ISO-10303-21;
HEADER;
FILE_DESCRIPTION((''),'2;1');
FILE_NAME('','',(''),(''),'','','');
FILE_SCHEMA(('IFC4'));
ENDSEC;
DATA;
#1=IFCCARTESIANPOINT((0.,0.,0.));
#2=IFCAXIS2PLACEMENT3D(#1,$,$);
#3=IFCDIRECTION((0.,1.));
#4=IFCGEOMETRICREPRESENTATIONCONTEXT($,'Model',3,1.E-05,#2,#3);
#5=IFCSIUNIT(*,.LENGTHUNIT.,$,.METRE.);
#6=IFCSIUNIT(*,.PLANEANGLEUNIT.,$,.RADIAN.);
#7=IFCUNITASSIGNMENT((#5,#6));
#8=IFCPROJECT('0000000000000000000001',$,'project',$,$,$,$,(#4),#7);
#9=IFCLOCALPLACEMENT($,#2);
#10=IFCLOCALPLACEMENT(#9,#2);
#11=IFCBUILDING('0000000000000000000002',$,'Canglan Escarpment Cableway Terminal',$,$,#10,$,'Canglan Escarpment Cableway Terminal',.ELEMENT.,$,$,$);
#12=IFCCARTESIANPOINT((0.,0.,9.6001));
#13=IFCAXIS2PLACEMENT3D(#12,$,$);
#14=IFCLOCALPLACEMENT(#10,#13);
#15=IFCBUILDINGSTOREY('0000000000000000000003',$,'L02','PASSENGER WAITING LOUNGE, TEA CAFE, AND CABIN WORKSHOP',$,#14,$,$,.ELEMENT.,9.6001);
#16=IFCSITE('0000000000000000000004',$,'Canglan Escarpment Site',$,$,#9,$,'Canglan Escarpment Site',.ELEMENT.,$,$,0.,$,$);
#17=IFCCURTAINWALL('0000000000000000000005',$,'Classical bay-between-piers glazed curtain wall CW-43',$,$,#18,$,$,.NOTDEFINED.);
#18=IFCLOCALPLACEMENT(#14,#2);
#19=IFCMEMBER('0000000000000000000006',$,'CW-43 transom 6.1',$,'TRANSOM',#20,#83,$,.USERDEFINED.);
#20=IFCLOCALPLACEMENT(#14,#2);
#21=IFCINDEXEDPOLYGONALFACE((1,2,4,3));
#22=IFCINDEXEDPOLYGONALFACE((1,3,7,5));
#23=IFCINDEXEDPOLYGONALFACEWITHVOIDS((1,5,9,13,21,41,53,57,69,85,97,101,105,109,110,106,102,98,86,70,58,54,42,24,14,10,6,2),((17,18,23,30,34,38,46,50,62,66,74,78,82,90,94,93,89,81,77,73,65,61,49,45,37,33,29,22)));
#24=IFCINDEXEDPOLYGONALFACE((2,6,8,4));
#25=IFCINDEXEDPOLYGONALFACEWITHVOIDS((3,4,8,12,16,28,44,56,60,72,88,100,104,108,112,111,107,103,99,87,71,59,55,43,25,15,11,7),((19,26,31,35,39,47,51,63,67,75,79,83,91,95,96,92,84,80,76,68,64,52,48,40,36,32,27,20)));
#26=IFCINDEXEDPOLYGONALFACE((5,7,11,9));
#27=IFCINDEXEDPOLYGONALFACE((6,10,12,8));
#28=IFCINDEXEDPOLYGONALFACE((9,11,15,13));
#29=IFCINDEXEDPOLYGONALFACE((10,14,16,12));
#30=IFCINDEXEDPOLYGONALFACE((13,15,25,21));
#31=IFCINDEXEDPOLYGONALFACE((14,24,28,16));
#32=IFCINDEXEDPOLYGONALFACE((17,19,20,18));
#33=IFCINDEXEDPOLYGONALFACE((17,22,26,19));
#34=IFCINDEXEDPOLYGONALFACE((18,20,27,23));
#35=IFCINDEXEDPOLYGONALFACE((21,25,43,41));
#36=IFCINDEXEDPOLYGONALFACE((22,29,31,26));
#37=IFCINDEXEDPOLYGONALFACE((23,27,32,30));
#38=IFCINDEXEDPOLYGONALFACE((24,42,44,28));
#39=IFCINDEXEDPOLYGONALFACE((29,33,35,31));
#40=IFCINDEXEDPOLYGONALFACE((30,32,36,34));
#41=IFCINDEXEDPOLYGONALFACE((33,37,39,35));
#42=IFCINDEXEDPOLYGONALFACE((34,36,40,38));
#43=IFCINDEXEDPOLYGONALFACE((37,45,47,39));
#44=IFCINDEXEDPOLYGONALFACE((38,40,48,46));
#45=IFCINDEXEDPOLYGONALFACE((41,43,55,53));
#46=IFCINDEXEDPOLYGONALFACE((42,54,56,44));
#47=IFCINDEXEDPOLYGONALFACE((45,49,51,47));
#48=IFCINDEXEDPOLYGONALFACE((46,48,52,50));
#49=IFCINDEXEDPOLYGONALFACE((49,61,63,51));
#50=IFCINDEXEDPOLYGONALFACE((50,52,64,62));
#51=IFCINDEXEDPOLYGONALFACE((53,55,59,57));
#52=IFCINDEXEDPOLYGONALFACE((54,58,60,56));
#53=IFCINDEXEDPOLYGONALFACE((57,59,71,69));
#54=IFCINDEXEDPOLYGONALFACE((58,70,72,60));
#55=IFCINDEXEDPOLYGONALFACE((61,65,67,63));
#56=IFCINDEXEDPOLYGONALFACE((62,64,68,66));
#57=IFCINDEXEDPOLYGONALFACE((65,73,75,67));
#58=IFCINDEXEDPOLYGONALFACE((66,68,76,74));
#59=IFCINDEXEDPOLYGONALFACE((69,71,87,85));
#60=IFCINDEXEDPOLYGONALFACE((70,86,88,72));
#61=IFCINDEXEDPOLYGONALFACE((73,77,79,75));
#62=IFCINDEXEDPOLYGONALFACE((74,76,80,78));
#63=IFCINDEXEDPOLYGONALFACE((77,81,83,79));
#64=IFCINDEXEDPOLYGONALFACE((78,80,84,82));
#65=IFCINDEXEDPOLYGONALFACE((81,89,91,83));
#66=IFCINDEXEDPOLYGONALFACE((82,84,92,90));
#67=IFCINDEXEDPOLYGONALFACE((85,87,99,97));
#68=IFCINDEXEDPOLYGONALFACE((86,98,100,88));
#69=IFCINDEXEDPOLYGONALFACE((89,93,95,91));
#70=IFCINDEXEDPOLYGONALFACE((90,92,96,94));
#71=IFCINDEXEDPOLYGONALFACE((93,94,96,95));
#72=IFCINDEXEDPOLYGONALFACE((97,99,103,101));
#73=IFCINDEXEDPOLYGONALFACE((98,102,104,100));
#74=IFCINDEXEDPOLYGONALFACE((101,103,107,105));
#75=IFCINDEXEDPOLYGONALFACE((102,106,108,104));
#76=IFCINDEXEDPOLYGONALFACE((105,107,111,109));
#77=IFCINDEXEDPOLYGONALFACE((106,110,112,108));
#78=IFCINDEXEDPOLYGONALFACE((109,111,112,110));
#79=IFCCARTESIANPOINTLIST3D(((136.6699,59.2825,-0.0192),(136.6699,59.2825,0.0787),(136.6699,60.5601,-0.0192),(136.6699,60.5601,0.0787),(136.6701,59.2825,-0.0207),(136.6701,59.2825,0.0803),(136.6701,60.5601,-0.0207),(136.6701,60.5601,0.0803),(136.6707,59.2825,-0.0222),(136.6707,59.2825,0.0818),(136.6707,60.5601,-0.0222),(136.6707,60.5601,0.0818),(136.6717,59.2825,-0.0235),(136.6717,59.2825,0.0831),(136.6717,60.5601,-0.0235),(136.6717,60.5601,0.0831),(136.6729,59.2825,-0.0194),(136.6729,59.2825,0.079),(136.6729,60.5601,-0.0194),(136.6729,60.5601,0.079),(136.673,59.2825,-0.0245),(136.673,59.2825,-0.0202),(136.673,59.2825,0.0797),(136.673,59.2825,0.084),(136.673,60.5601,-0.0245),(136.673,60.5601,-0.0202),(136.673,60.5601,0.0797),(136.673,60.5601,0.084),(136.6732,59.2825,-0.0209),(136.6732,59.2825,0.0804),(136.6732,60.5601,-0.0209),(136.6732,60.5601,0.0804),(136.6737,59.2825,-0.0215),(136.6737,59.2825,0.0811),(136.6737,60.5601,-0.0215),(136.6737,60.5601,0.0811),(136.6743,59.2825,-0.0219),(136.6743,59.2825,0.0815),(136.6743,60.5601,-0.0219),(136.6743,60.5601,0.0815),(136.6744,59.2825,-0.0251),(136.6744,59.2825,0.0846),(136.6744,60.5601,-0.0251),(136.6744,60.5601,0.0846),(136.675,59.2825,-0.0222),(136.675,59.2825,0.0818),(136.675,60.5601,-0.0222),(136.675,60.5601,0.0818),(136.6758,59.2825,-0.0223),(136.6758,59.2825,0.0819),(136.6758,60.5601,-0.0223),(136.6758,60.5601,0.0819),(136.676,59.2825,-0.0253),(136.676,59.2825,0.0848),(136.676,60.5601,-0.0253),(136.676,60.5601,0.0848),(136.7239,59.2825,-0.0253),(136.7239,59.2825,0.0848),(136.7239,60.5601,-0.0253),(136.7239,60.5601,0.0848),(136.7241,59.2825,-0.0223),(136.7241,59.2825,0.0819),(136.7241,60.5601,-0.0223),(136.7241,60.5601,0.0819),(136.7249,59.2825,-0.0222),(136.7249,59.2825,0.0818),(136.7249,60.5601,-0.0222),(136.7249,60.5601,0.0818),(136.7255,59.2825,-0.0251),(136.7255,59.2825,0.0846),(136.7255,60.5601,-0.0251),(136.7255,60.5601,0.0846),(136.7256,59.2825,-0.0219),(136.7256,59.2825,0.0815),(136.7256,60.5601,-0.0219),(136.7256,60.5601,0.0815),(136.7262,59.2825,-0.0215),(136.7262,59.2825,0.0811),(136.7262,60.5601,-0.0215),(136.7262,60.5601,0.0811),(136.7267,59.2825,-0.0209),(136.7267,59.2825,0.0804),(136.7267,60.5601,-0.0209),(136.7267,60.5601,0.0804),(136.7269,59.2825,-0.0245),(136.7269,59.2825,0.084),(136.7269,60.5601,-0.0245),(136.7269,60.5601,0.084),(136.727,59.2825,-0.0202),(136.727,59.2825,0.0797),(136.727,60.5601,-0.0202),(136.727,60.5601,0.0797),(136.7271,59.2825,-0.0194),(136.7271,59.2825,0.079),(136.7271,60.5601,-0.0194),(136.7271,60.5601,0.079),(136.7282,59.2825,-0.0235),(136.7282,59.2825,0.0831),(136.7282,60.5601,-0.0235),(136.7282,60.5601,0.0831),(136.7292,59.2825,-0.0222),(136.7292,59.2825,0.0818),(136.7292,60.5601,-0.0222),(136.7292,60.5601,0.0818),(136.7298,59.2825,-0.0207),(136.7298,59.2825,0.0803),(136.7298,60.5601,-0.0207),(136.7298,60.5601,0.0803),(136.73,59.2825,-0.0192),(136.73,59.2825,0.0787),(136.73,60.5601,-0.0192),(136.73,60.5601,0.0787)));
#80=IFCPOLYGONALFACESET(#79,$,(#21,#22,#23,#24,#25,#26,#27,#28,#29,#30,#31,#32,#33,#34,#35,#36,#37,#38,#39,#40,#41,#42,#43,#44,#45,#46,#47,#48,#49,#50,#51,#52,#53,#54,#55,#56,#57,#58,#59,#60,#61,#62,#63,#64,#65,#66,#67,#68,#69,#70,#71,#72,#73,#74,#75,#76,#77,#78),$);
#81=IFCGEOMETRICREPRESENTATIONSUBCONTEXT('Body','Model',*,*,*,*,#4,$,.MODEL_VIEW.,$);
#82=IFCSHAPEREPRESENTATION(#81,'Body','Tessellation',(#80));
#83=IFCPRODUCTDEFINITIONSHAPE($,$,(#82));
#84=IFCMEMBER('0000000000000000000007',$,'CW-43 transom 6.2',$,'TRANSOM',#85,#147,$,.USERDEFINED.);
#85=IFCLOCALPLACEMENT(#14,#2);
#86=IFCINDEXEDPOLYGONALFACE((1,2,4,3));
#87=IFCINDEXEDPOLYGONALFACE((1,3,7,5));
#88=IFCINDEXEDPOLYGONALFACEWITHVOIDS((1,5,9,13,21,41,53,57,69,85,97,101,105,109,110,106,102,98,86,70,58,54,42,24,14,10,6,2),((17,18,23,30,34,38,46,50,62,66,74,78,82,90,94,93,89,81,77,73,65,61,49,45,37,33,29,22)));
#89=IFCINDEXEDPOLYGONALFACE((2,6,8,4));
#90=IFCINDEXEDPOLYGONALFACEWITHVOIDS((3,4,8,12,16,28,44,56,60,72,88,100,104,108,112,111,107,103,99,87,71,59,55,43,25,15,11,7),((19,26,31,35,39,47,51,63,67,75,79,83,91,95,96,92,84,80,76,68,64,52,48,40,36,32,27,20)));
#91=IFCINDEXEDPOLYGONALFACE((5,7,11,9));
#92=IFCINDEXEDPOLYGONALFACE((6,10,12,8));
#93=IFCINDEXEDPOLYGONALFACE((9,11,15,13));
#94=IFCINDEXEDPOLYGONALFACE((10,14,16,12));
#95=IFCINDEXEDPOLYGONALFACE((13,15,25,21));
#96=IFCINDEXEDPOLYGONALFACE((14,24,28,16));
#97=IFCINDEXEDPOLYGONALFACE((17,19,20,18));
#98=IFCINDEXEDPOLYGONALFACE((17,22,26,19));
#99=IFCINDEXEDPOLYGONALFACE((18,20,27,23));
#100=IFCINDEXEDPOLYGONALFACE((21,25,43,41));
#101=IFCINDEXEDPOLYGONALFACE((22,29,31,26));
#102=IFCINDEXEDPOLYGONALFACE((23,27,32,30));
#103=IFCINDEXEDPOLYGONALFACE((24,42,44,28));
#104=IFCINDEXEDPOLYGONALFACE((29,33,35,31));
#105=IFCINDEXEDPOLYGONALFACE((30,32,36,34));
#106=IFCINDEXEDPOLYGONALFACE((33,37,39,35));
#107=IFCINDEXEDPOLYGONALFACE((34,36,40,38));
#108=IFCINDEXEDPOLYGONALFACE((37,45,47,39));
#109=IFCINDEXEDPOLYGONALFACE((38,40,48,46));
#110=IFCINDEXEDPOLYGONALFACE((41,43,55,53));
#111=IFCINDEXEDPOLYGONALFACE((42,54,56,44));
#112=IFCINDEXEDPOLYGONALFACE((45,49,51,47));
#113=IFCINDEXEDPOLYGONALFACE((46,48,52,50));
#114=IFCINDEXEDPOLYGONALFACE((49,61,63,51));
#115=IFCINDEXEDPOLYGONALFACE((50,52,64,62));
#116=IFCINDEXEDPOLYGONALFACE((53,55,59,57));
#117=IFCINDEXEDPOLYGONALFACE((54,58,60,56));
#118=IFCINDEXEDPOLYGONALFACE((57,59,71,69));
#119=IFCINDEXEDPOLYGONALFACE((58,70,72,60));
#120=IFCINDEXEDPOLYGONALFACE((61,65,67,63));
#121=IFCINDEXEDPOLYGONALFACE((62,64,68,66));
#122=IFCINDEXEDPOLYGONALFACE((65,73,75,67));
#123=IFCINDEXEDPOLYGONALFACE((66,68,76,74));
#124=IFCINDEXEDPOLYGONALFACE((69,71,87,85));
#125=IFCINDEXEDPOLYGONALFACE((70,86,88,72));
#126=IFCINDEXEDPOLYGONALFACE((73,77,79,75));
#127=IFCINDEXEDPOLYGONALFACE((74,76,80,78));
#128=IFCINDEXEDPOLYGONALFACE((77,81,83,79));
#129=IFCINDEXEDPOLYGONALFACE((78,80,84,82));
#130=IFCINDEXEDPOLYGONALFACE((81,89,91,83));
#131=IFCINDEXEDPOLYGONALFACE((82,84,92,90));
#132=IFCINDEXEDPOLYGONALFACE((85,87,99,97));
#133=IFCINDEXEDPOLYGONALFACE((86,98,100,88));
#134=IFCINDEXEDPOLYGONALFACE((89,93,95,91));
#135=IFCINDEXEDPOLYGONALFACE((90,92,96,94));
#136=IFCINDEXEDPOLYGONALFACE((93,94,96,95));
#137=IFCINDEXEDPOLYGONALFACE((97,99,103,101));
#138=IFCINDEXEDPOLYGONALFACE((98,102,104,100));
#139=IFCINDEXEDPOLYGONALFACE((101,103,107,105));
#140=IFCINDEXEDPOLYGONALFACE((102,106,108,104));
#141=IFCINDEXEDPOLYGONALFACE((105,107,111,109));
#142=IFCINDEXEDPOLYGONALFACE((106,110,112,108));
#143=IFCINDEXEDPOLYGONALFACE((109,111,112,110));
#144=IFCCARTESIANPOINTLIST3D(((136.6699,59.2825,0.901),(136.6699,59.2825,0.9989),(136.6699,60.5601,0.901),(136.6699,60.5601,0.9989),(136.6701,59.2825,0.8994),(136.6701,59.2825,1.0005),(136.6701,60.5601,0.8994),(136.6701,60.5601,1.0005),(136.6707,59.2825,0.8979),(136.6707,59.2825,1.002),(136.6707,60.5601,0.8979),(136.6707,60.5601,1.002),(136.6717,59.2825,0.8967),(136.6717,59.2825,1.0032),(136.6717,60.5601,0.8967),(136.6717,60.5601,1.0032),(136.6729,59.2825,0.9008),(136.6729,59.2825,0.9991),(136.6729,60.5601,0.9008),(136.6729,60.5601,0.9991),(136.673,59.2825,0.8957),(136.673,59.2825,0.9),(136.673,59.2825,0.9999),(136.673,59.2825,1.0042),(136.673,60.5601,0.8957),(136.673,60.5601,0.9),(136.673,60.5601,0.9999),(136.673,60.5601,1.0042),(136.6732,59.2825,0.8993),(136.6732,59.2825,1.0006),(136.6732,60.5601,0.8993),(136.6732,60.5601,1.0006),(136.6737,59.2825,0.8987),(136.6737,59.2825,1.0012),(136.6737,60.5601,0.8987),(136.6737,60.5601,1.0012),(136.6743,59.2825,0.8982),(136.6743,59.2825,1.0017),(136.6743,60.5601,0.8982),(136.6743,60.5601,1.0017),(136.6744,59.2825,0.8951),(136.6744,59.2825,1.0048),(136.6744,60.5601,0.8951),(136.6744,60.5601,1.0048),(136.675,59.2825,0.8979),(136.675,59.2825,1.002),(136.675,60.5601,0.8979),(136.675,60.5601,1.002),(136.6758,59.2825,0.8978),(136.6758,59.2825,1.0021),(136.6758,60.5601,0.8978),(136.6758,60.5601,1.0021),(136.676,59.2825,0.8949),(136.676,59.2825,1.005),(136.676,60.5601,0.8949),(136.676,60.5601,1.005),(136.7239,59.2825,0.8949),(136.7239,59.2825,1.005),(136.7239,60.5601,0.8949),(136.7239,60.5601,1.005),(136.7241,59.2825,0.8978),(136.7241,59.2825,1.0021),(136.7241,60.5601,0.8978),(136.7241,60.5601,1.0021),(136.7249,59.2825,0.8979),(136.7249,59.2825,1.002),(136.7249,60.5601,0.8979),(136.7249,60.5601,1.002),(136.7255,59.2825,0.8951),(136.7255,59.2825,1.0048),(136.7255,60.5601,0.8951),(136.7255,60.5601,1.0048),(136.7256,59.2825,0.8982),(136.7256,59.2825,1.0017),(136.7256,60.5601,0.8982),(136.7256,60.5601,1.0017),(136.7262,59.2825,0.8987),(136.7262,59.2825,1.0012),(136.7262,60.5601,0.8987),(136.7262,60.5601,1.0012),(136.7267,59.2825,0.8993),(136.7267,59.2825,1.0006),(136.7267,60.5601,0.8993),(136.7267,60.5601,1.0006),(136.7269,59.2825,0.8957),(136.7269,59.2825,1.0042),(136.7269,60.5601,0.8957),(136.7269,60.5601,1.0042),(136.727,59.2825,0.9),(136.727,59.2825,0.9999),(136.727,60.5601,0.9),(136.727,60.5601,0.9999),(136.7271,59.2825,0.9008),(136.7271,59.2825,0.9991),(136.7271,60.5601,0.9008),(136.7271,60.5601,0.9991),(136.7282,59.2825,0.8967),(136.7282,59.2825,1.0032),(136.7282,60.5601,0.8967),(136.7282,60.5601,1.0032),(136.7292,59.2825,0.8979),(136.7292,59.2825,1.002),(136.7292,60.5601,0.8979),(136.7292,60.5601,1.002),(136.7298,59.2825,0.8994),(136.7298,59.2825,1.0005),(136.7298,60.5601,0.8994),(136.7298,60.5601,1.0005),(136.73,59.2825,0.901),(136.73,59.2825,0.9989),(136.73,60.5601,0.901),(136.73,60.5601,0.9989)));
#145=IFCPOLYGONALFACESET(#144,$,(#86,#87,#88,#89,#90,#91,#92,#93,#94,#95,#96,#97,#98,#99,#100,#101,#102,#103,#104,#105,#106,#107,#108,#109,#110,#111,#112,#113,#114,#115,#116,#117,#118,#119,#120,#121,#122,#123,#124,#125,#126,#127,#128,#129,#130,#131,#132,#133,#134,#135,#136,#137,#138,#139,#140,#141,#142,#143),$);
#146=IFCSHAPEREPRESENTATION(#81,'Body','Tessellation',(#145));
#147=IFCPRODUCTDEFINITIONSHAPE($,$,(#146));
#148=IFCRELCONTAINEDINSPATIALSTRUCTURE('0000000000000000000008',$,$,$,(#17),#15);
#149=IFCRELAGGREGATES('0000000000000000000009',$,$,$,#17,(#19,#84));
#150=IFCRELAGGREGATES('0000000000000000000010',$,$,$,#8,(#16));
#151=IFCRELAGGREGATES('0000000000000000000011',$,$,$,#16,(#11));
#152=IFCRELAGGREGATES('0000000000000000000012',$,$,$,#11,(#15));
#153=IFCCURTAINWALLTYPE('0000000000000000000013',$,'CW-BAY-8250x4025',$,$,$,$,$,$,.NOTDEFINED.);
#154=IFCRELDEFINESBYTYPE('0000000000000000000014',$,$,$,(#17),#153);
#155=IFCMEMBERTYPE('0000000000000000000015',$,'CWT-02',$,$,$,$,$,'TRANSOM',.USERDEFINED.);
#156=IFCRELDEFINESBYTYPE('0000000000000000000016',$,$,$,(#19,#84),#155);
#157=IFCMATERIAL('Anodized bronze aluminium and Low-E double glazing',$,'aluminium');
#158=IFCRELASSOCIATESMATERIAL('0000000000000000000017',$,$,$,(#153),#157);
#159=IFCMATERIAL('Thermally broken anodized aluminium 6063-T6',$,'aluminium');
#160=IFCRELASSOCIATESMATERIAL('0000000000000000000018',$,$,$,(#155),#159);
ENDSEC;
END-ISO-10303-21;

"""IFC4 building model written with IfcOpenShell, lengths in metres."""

from ifc_helpers import new_model, si_unit, direction, frame, origin, origin_2d, place, context, subcontext, project, spatial, hollow_rectangle, extrude, material, material_profile, profile_set, type_object, element, aggregate, save


model = new_model("IFC4")

# Units and contexts
model_context = context("Model", 3, precision=1e-05, world=origin(), true_north=direction((0.0, 1.0)))
body_context = subcontext(model_context, "Body", "Model", "MODEL_VIEW")
ifc_project = project(units=[si_unit("LENGTHUNIT", "METRE"), si_unit("PLANEANGLEUNIT", "RADIAN")], contexts=[model_context])

# Site, building, storey
site_placement = place(None, origin())
site = spatial("IfcSite", under=ifc_project, at=site_placement, Name="Canglan Escarpment Site", LongName="Canglan Escarpment Site", CompositionType="ELEMENT", RefElevation=0.0)
building_placement = place(site_placement, origin())
building = spatial("IfcBuilding", under=site, at=building_placement, Name="Canglan Escarpment Cableway Terminal", LongName="Canglan Escarpment Cableway Terminal", CompositionType="ELEMENT")
storey_placement = place(building_placement, frame((0.0, 0.0, 9.6001)))
storey = spatial("IfcBuildingStorey", under=building, at=storey_placement, Name="L02", Description="PASSENGER WAITING LOUNGE, TEA CAFE, AND CABIN WORKSHOP", CompositionType="ELEMENT", Elevation=9.6001)

# Curtain wall
ifc_material_1 = material(Name="Anodized bronze aluminium and Low-E double glazing", Category="aluminium")
curtain_wall_type = type_object("IfcCurtainWallType", Name="CW-BAY-8250x4025", PredefinedType="NOTDEFINED", material=ifc_material_1)
curtain_wall_1_placement = place(storey_placement, origin())
curtain_wall_1 = element("IfcCurtainWall", 1, at=curtain_wall_1_placement, inside=storey, type_object=curtain_wall_type, Name="Classical bay-between-piers glazed curtain wall CW-43", PredefinedType="NOTDEFINED")
ifc_material_2 = material(Name="Thermally broken anodized aluminium 6063-T6", Category="aluminium")

# Members
ifc_material_profile_1 = material_profile(ifc_material_2, hollow_rectangle(XDim=0.0601, YDim=0.1101, WallThickness=0.0029, InnerFilletRadius=0.0029, OuterFilletRadius=0.0061, at=origin_2d()), Name="ALU-TRAN 60x110x3")
ifc_profile_set_1 = profile_set([ifc_material_profile_1], Name="Thermally broken anodized aluminium 6063-T6")
member_type_1 = type_object("IfcMemberType", Name="CWT-02", ElementType="TRANSOM", PredefinedType="USERDEFINED", material=ifc_profile_set_1)
member_1_placement = place(storey_placement, frame((136.7, 59.2825, 0.0298), z_axis=(0.0, 1.0, 0.0), x_axis=(-1.0, 0.0, 0.0)))
member_1 = element("IfcMember", 2, at=member_1_placement, type_object=member_type_1, Name="CW-43 transom 6.1", ObjectType="TRANSOM", PredefinedType="USERDEFINED", context=body_context, shape_type="SweptSolid", body=[
    extrude(hollow_rectangle(XDim=0.0601, YDim=0.1101, WallThickness=0.0029, InnerFilletRadius=0.0029, OuterFilletRadius=0.0061, at=origin_2d()), origin(), (0.0, 0.0, 1.0), 1.2776),
])
member_2_placement = place(storey_placement, frame((136.7, 59.2825, 0.95), z_axis=(0.0, 1.0, 0.0), x_axis=(-1.0, 0.0, 0.0)))
member_2 = element("IfcMember", 3, at=member_2_placement, type_object=member_type_1, Name="CW-43 transom 6.2", ObjectType="TRANSOM", PredefinedType="USERDEFINED", context=body_context, shape_type="SweptSolid", body=[
    extrude(hollow_rectangle(XDim=0.0601, YDim=0.1101, WallThickness=0.0029, InnerFilletRadius=0.0029, OuterFilletRadius=0.0061, at=origin_2d()), origin(), (0.0, 0.0, 1.0), 1.2776),
])

aggregate(curtain_wall_1, [member_1, member_2])

save(model, "model.ifc")
